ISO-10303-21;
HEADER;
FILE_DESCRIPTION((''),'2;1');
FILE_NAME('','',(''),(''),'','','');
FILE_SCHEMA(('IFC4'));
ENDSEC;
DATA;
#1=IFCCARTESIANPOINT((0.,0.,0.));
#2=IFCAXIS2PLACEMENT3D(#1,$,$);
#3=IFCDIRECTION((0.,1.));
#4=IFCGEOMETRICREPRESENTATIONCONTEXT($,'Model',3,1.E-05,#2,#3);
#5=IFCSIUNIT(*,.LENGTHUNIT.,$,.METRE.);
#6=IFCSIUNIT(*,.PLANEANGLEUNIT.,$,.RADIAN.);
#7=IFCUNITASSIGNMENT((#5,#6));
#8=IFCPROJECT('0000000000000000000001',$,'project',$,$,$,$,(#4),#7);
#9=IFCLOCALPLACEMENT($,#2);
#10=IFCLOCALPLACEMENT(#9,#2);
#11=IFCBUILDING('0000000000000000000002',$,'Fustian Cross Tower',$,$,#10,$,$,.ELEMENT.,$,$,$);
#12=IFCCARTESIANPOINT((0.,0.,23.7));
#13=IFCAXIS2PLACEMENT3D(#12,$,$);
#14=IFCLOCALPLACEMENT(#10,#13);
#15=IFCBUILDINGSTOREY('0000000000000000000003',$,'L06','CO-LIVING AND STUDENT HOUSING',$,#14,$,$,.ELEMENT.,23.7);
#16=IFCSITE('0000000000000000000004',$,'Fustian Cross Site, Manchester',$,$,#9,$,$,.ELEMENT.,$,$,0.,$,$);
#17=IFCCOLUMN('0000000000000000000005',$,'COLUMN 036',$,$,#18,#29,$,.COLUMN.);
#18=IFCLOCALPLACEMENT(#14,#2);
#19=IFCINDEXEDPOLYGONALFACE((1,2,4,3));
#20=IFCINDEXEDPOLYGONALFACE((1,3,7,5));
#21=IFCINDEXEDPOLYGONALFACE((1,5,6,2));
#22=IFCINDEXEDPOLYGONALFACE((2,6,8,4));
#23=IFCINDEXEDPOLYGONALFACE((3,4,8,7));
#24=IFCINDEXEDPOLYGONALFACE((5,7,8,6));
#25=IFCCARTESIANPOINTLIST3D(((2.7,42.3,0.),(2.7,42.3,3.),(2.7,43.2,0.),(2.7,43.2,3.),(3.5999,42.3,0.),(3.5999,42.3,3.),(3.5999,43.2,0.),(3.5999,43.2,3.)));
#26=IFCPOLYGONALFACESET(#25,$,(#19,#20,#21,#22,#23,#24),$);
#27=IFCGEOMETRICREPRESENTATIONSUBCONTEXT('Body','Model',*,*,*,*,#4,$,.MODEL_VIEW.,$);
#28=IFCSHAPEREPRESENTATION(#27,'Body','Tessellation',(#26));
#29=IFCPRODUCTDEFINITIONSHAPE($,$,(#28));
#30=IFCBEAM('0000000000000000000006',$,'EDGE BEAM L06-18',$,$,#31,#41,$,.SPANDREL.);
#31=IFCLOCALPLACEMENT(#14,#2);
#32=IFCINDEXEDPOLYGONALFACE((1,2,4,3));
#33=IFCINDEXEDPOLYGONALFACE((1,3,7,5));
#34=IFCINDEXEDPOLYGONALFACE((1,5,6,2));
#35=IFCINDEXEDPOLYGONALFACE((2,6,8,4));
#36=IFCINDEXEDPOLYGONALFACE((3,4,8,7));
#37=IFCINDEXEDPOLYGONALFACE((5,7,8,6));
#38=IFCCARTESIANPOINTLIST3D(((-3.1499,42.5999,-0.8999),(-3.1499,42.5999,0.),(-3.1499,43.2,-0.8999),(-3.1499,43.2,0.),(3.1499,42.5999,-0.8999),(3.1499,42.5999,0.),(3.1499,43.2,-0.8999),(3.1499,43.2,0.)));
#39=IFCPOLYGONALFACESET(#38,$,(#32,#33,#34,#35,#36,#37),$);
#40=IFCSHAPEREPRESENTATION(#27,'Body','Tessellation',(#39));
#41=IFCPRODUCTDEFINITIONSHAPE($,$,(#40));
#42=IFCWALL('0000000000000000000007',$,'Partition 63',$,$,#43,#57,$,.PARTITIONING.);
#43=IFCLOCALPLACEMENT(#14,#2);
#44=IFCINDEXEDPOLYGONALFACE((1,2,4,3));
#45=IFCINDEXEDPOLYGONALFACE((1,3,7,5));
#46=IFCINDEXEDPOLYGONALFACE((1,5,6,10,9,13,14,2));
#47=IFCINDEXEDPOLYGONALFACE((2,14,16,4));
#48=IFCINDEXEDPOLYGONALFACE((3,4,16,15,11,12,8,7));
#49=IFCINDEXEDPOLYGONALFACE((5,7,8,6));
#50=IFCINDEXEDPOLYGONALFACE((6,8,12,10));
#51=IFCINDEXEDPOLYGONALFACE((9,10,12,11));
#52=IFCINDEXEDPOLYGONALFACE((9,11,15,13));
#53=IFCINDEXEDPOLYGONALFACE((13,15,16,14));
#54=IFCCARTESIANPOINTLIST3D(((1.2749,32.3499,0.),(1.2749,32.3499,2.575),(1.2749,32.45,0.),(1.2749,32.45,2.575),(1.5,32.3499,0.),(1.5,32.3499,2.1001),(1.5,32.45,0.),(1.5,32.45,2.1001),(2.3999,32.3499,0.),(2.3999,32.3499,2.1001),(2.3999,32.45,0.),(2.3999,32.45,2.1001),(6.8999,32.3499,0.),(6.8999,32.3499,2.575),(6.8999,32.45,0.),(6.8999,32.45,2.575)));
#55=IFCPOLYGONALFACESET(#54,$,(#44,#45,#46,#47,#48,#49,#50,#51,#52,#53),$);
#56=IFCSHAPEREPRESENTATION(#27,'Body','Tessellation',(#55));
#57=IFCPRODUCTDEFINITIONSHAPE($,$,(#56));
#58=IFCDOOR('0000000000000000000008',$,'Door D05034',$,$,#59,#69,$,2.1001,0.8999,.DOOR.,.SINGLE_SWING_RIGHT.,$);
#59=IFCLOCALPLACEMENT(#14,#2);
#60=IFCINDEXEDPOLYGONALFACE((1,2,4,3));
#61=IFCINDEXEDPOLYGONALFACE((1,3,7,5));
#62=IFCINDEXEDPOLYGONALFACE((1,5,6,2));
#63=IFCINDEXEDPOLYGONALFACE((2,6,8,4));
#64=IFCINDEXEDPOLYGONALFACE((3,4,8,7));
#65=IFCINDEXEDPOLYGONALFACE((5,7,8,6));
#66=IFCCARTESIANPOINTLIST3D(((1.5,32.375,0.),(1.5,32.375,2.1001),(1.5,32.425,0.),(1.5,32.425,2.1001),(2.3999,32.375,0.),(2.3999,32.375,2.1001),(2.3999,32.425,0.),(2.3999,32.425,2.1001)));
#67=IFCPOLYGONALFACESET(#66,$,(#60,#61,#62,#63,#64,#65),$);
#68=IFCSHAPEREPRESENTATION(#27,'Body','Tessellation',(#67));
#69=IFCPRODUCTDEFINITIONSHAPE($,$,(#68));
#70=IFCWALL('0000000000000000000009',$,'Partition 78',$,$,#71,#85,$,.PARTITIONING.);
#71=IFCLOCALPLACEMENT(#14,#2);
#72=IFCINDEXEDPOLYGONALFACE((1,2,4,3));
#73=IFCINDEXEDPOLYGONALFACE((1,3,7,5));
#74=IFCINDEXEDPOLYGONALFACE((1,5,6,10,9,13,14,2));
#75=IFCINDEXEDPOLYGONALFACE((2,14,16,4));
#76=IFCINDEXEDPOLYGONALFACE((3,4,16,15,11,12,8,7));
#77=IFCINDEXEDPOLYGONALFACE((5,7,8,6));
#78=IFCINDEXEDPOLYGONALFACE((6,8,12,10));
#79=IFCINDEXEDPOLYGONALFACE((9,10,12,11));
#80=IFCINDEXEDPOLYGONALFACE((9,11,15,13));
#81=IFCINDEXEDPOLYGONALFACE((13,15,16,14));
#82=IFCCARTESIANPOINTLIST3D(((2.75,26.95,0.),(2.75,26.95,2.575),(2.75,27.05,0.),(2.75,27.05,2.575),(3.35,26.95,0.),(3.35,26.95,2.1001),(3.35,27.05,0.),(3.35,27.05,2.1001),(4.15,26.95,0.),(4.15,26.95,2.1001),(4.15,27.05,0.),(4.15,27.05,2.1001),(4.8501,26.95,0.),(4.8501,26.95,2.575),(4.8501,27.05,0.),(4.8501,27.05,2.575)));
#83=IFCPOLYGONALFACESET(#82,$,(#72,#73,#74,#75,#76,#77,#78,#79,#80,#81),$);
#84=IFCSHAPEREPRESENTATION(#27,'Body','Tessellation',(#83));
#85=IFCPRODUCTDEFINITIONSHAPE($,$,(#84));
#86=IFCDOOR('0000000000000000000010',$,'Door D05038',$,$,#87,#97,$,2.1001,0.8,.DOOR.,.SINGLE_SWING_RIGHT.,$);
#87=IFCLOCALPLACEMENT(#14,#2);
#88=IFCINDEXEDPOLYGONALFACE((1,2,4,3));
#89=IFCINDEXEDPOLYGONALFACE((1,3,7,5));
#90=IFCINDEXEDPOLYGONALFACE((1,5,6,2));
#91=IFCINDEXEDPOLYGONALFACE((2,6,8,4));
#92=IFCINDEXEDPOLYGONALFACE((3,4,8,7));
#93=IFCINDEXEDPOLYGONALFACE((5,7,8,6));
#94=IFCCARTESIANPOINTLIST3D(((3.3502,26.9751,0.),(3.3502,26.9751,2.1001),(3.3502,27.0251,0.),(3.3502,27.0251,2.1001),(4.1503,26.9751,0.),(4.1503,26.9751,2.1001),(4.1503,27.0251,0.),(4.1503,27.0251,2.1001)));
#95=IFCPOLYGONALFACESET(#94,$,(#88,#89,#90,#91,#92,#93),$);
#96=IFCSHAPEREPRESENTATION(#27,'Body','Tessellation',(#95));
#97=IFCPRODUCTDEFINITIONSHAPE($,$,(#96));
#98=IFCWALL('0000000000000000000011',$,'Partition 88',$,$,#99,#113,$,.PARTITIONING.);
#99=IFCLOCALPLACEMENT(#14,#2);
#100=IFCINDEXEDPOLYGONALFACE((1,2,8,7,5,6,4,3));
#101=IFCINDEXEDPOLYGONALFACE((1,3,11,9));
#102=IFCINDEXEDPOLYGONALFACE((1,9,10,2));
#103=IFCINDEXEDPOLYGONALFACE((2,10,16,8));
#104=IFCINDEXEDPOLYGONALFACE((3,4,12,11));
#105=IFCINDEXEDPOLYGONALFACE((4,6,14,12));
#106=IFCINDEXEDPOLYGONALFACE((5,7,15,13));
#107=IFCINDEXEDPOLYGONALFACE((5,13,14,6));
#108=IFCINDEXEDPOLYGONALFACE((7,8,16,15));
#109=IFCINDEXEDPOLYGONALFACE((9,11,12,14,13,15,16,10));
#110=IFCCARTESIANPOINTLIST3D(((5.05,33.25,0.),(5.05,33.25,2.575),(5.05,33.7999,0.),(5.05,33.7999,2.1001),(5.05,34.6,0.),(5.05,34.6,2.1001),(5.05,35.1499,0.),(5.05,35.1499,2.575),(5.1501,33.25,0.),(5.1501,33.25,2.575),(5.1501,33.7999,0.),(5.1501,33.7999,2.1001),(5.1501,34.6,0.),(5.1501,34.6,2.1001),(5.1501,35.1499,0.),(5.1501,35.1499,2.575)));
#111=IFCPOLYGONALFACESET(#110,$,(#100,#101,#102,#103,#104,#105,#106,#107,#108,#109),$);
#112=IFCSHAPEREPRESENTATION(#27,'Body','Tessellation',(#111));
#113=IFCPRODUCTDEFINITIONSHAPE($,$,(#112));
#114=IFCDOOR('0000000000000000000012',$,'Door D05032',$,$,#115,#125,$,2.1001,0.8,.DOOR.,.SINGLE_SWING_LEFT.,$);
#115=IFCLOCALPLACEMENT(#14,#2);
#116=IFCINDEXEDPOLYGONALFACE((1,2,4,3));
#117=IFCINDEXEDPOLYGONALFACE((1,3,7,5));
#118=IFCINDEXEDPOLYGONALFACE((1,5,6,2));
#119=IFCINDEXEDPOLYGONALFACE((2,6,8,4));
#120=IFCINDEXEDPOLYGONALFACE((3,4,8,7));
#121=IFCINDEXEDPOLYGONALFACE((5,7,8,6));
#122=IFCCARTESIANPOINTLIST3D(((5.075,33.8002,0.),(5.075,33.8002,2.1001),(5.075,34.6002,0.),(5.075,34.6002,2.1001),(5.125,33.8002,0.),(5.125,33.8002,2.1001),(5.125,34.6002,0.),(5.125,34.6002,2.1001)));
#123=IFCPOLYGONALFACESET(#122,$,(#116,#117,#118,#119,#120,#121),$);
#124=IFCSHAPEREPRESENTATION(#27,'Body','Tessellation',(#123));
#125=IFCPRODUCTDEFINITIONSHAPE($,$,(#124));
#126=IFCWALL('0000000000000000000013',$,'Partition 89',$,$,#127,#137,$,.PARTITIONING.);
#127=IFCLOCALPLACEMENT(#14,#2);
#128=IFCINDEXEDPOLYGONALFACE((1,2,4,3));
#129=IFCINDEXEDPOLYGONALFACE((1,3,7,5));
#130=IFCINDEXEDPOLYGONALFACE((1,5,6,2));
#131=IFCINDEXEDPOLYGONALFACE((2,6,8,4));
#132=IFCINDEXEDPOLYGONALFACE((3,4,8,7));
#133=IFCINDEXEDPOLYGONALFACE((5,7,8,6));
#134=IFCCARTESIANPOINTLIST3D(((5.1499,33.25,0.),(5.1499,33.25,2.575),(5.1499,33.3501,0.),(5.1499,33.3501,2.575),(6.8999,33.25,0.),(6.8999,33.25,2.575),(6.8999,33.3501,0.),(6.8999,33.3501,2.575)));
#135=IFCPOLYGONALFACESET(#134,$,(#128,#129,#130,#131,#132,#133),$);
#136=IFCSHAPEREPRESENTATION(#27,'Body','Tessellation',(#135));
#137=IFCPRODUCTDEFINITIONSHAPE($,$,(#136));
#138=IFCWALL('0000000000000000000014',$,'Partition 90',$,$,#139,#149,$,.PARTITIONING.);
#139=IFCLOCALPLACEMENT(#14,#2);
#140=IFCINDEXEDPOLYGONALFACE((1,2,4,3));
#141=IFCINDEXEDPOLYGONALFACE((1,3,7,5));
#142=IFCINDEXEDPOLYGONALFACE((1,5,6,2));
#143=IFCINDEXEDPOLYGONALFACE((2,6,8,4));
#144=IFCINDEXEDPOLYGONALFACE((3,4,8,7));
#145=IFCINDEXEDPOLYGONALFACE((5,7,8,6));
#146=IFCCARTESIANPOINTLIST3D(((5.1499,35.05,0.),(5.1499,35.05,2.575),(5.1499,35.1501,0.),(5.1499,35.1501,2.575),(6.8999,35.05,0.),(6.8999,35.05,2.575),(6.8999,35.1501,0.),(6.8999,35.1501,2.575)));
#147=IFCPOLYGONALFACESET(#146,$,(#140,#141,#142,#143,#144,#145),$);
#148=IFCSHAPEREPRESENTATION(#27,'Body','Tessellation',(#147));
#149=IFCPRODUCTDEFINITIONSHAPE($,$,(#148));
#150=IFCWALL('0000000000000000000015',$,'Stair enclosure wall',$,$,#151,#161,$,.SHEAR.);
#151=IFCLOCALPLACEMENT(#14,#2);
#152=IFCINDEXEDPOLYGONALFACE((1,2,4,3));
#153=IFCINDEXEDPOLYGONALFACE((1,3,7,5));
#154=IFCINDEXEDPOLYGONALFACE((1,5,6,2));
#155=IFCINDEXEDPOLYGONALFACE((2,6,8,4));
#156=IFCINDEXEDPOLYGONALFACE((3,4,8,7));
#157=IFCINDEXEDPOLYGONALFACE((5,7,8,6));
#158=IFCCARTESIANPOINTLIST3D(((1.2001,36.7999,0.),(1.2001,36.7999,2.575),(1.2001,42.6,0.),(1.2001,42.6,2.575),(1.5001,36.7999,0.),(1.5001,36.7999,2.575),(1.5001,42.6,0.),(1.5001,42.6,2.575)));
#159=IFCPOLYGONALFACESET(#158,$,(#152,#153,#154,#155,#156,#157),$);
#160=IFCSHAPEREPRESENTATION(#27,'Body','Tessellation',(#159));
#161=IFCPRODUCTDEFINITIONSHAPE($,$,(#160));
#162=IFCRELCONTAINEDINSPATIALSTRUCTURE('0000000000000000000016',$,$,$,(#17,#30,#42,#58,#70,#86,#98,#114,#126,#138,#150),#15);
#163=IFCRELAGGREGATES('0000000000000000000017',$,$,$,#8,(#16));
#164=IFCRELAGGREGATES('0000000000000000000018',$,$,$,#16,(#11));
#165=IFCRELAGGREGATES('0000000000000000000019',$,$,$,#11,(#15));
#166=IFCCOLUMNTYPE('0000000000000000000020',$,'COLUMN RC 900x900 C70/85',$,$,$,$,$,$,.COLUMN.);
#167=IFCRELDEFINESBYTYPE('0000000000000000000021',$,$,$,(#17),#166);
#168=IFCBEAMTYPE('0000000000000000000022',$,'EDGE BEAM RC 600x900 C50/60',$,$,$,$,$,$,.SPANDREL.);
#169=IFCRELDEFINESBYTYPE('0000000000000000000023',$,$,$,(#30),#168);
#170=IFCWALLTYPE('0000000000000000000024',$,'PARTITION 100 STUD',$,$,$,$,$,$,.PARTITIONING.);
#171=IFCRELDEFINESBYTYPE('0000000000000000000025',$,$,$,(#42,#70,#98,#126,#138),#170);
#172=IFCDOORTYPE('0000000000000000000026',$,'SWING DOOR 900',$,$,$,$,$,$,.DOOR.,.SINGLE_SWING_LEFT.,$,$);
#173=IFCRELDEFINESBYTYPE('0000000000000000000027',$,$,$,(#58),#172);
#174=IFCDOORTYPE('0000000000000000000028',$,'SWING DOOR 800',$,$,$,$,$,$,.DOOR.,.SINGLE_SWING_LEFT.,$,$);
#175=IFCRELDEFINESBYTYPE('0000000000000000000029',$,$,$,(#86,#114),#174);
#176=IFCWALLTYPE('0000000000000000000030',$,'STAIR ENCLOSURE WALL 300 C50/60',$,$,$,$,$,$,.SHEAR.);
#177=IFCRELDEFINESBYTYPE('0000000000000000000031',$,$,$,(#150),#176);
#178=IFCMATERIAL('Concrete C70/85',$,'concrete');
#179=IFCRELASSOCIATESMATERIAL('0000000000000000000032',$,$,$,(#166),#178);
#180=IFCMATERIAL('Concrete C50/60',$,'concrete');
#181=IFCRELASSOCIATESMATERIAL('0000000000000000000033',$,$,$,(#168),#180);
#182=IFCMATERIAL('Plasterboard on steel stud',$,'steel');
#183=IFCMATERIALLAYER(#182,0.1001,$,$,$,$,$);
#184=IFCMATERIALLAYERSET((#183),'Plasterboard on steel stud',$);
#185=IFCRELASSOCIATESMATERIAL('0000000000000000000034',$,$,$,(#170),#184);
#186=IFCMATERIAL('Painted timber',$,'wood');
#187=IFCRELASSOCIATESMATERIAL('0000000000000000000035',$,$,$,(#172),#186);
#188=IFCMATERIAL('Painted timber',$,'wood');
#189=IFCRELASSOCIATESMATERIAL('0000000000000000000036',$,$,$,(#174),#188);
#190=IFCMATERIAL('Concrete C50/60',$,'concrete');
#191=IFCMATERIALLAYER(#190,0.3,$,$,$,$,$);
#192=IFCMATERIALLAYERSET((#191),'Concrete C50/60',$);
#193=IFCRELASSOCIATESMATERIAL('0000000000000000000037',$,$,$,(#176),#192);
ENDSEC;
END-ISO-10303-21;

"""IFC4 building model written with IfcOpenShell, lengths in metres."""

from ifc_helpers import new_model, si_unit, direction, frame, frame_2d, origin, origin_2d, place, context, subcontext, project, spatial, rectangle, extrude, material, layer, layer_set, material_profile, profile_set, type_object, element, fill, save


model = new_model("IFC4")

# Units and contexts
model_context = context("Model", 3, precision=1e-05, world=origin(), true_north=direction((0.0, 1.0)))
body_context = subcontext(model_context, "Body", "Model", "MODEL_VIEW")
ifc_project = project(units=[si_unit("LENGTHUNIT", "METRE"), si_unit("PLANEANGLEUNIT", "RADIAN")], contexts=[model_context])

# Site, building, storey
site_placement = place(None, origin())
site = spatial("IfcSite", under=ifc_project, at=site_placement, Name="Fustian Cross Site, Manchester", CompositionType="ELEMENT", RefElevation=0.0)
building_placement = place(site_placement, origin())
building = spatial("IfcBuilding", under=site, at=building_placement, Name="Fustian Cross Tower", CompositionType="ELEMENT")
storey_placement = place(building_placement, frame((0.0, 0.0, 23.7)))
storey = spatial("IfcBuildingStorey", under=building, at=storey_placement, Name="L06", Description="CO-LIVING AND STUDENT HOUSING", CompositionType="ELEMENT", Elevation=23.7)

# Column
ifc_material_1 = material(Name="Concrete C70/85", Category="concrete")
ifc_material_profile_1 = material_profile(ifc_material_1, rectangle(XDim=0.8999, YDim=0.8999, at=origin_2d()), Name="RC 900x900")
ifc_profile_set_1 = profile_set([ifc_material_profile_1], Name="Concrete C70/85")
column_type = type_object("IfcColumnType", Name="COLUMN RC 900x900 C70/85", PredefinedType="COLUMN", material=ifc_profile_set_1)
column_placement = place(storey_placement, frame((3.1499, 42.75, 0.0), z_axis=(0.0, 0.0, 1.0), x_axis=(1.0, 0.0, 0.0)))
element("IfcColumn", 1, at=column_placement, inside=storey, type_object=column_type, Name="COLUMN 036", PredefinedType="COLUMN", context=body_context, shape_type="SweptSolid", body=[
    extrude(rectangle(XDim=0.8999, YDim=0.8999, at=origin_2d()), origin(), (0.0, 0.0, 1.0), 3.0),
])

# Beam
ifc_material_2 = material(Name="Concrete C50/60", Category="concrete")
ifc_material_profile_2 = material_profile(ifc_material_2, rectangle(XDim=0.6001, YDim=0.8999, at=origin_2d()), Name="RC 600x900")
ifc_profile_set_2 = profile_set([ifc_material_profile_2], Name="Concrete C50/60")
beam_type = type_object("IfcBeamType", Name="EDGE BEAM RC 600x900 C50/60", PredefinedType="SPANDREL", material=ifc_profile_set_2)
beam_placement = place(storey_placement, frame((3.1499, 42.8999, -0.45), z_axis=(-1.0, 0.0, 0.0), x_axis=(0.0, -1.0, 0.0)))
element("IfcBeam", 2, at=beam_placement, inside=storey, type_object=beam_type, Name="EDGE BEAM L06-18", PredefinedType="SPANDREL", context=body_context, shape_type="SweptSolid", body=[
    extrude(rectangle(XDim=0.6001, YDim=0.8999, at=origin_2d()), origin(), (0.0, 0.0, 1.0), 6.2998),
])

# Walls, openings, doors
ifc_material_3 = material(Name="Plasterboard on steel stud", Category="steel")
ifc_layer_1 = layer(ifc_material_3, 0.1001)
ifc_layer_set_1 = layer_set([ifc_layer_1], Name="Plasterboard on steel stud")
wall_type_1 = type_object("IfcWallType", Name="PARTITION 100 STUD", PredefinedType="PARTITIONING", material=ifc_layer_set_1)
wall_1_placement = place(storey_placement, frame((1.2749, 32.3999, 0.0), z_axis=(0.0, 0.0, 1.0), x_axis=(1.0, 0.0, 0.0)))
wall_1 = element("IfcWall", 3, at=wall_1_placement, inside=storey, type_object=wall_type_1, Name="Partition 63", PredefinedType="PARTITIONING", context=body_context, shape_type="SweptSolid", body=[
    extrude(rectangle(XDim=5.625, YDim=0.1001, at=frame_2d((2.8125, 0.0))), origin(), (0.0, 0.0, 1.0), 2.575),
])
opening_1_placement = place(wall_1_placement, frame((0.2251, 0.0, 0.0)))
opening_1 = element("IfcOpeningElement", 4, at=opening_1_placement, cuts=wall_1, PredefinedType="OPENING", context=body_context, shape_type="SweptSolid", body=[
    extrude(rectangle(XDim=0.8999, YDim=2.1001, at=frame_2d((0.45, 1.05))), frame((0.0, 0.0601, 0.0), z_axis=(0.0, -1.0, 0.0), x_axis=(1.0, 0.0, 0.0)), (0.0, 0.0, 1.0), 0.1201),
])
ifc_material_4 = material(Name="Painted timber", Category="wood")
door_type_1 = type_object("IfcDoorType", Name="SWING DOOR 900", OperationType="SINGLE_SWING_LEFT", PredefinedType="DOOR", material=ifc_material_4)
door_1_placement = place(opening_1_placement, frame((0.8999, 0.0, 0.0), z_axis=(0.0, 0.0, 1.0), x_axis=(-1.0, 0.0, 0.0)))
door_1 = element("IfcDoor", 5, at=door_1_placement, inside=storey, type_object=door_type_1, Name="Door D05034", OperationType="SINGLE_SWING_RIGHT", OverallHeight=2.1001, OverallWidth=0.8999, PredefinedType="DOOR", context=body_context, shape_type="SweptSolid", body=[
    extrude(rectangle(XDim=0.8999, YDim=2.1001, at=frame_2d((0.45, 1.05))), frame((0.0, 0.0249, 0.0), z_axis=(0.0, -1.0, 0.0), x_axis=(1.0, 0.0, 0.0)), (0.0, 0.0, 1.0), 0.05),
])
fill(opening_1, door_1)
wall_2_placement = place(storey_placement, frame((2.75, 27.0, 0.0), z_axis=(0.0, 0.0, 1.0), x_axis=(1.0, 0.0, 0.0)))
wall_2 = element("IfcWall", 6, at=wall_2_placement, inside=storey, type_object=wall_type_1, Name="Partition 78", PredefinedType="PARTITIONING", context=body_context, shape_type="SweptSolid", body=[
    extrude(rectangle(XDim=2.1001, YDim=0.1001, at=frame_2d((1.05, 0.0))), origin(), (0.0, 0.0, 1.0), 2.575),
])
opening_2_placement = place(wall_2_placement, frame((0.6001, 0.0, 0.0)))
opening_2 = element("IfcOpeningElement", 7, at=opening_2_placement, cuts=wall_2, PredefinedType="OPENING", context=body_context, shape_type="SweptSolid", body=[
    extrude(rectangle(XDim=0.8, YDim=2.1001, at=frame_2d((0.3999, 1.05))), frame((0.0, 0.0601, 0.0), z_axis=(0.0, -1.0, 0.0), x_axis=(1.0, 0.0, 0.0)), (0.0, 0.0, 1.0), 0.1201),
])
ifc_material_5 = material(Name="Painted timber", Category="wood")
door_type_2 = type_object("IfcDoorType", Name="SWING DOOR 800", OperationType="SINGLE_SWING_LEFT", PredefinedType="DOOR", material=ifc_material_5)
door_2_placement = place(opening_2_placement, frame((0.8, 0.0, 0.0), z_axis=(0.0, 0.0, 1.0), x_axis=(-1.0, 0.0, 0.0)))
door_2 = element("IfcDoor", 8, at=door_2_placement, inside=storey, type_object=door_type_2, Name="Door D05038", OperationType="SINGLE_SWING_RIGHT", OverallHeight=2.1001, OverallWidth=0.8, PredefinedType="DOOR", context=body_context, shape_type="SweptSolid", body=[
    extrude(rectangle(XDim=0.8, YDim=2.1001, at=frame_2d((0.3999, 1.05))), frame((0.0, 0.0249, 0.0), z_axis=(0.0, -1.0, 0.0), x_axis=(1.0, 0.0, 0.0)), (0.0, 0.0, 1.0), 0.05),
])
fill(opening_2, door_2)
wall_3_placement = place(storey_placement, frame((5.1001, 33.25, 0.0), z_axis=(0.0, 0.0, 1.0), x_axis=(0.0, 1.0, 0.0)))
wall_3 = element("IfcWall", 9, at=wall_3_placement, inside=storey, type_object=wall_type_1, Name="Partition 88", PredefinedType="PARTITIONING", context=body_context, shape_type="SweptSolid", body=[
    extrude(rectangle(XDim=1.8999, YDim=0.1001, at=frame_2d((0.95, 0.0))), origin(), (0.0, 0.0, 1.0), 2.575),
])
opening_3_placement = place(wall_3_placement, frame((0.55, 0.0, 0.0)))
opening_3 = element("IfcOpeningElement", 10, at=opening_3_placement, cuts=wall_3, PredefinedType="OPENING", context=body_context, shape_type="SweptSolid", body=[
    extrude(rectangle(XDim=0.8, YDim=2.1001, at=frame_2d((0.3999, 1.05))), frame((0.0, 0.0601, 0.0), z_axis=(0.0, -1.0, 0.0), x_axis=(1.0, 0.0, 0.0)), (0.0, 0.0, 1.0), 0.1201),
])
door_3_placement = place(opening_3_placement, frame((0.8, 0.0, 0.0), z_axis=(0.0, 0.0, 1.0), x_axis=(-1.0, 0.0, 0.0)))
door_3 = element("IfcDoor", 11, at=door_3_placement, inside=storey, type_object=door_type_2, Name="Door D05032", OperationType="SINGLE_SWING_LEFT", OverallHeight=2.1001, OverallWidth=0.8, PredefinedType="DOOR", context=body_context, shape_type="SweptSolid", body=[
    extrude(rectangle(XDim=0.8, YDim=2.1001, at=frame_2d((0.3999, 1.05))), frame((0.0, 0.0249, 0.0), z_axis=(0.0, -1.0, 0.0), x_axis=(1.0, 0.0, 0.0)), (0.0, 0.0, 1.0), 0.05),
])
fill(opening_3, door_3)

# Walls
for number, where, z_axis, x_axis, name in (
    (12, (5.1499, 33.3, 0.0), (0.0, 0.0, 1.0), (1.0, 0.0, 0.0), "Partition 89"),
    (13, (5.1499, 35.1001, 0.0), (0.0, 0.0, 1.0), (1.0, 0.0, 0.0), "Partition 90"),
):
    element("IfcWall", number, at=place(storey_placement, frame(where, z_axis=z_axis, x_axis=x_axis)), inside=storey, type_object=wall_type_1, Name=name, PredefinedType="PARTITIONING", context=body_context, shape_type="SweptSolid", body=[
        extrude(rectangle(XDim=1.75, YDim=0.1001, at=frame_2d((0.875, 0.0))), origin(), (0.0, 0.0, 1.0), 2.575),
    ])
ifc_material_6 = material(Name="Concrete C50/60", Category="concrete")
ifc_layer_2 = layer(ifc_material_6, 0.3)
ifc_layer_set_2 = layer_set([ifc_layer_2], Name="Concrete C50/60")
wall_type_2 = type_object("IfcWallType", Name="STAIR ENCLOSURE WALL 300 C50/60", PredefinedType="SHEAR", material=ifc_layer_set_2)
wall_4_placement = place(storey_placement, frame((1.3501, 36.8, 0.0), z_axis=(0.0, 0.0, 1.0), x_axis=(0.0, 1.0, 0.0)))
element("IfcWall", 14, at=wall_4_placement, inside=storey, type_object=wall_type_2, Name="Stair enclosure wall", PredefinedType="SHEAR", context=body_context, shape_type="SweptSolid", body=[
    extrude(rectangle(XDim=5.8, YDim=0.3, at=frame_2d((2.8999, 0.0))), origin(), (0.0, 0.0, 1.0), 2.575),
])

save(model, "model.ifc")
